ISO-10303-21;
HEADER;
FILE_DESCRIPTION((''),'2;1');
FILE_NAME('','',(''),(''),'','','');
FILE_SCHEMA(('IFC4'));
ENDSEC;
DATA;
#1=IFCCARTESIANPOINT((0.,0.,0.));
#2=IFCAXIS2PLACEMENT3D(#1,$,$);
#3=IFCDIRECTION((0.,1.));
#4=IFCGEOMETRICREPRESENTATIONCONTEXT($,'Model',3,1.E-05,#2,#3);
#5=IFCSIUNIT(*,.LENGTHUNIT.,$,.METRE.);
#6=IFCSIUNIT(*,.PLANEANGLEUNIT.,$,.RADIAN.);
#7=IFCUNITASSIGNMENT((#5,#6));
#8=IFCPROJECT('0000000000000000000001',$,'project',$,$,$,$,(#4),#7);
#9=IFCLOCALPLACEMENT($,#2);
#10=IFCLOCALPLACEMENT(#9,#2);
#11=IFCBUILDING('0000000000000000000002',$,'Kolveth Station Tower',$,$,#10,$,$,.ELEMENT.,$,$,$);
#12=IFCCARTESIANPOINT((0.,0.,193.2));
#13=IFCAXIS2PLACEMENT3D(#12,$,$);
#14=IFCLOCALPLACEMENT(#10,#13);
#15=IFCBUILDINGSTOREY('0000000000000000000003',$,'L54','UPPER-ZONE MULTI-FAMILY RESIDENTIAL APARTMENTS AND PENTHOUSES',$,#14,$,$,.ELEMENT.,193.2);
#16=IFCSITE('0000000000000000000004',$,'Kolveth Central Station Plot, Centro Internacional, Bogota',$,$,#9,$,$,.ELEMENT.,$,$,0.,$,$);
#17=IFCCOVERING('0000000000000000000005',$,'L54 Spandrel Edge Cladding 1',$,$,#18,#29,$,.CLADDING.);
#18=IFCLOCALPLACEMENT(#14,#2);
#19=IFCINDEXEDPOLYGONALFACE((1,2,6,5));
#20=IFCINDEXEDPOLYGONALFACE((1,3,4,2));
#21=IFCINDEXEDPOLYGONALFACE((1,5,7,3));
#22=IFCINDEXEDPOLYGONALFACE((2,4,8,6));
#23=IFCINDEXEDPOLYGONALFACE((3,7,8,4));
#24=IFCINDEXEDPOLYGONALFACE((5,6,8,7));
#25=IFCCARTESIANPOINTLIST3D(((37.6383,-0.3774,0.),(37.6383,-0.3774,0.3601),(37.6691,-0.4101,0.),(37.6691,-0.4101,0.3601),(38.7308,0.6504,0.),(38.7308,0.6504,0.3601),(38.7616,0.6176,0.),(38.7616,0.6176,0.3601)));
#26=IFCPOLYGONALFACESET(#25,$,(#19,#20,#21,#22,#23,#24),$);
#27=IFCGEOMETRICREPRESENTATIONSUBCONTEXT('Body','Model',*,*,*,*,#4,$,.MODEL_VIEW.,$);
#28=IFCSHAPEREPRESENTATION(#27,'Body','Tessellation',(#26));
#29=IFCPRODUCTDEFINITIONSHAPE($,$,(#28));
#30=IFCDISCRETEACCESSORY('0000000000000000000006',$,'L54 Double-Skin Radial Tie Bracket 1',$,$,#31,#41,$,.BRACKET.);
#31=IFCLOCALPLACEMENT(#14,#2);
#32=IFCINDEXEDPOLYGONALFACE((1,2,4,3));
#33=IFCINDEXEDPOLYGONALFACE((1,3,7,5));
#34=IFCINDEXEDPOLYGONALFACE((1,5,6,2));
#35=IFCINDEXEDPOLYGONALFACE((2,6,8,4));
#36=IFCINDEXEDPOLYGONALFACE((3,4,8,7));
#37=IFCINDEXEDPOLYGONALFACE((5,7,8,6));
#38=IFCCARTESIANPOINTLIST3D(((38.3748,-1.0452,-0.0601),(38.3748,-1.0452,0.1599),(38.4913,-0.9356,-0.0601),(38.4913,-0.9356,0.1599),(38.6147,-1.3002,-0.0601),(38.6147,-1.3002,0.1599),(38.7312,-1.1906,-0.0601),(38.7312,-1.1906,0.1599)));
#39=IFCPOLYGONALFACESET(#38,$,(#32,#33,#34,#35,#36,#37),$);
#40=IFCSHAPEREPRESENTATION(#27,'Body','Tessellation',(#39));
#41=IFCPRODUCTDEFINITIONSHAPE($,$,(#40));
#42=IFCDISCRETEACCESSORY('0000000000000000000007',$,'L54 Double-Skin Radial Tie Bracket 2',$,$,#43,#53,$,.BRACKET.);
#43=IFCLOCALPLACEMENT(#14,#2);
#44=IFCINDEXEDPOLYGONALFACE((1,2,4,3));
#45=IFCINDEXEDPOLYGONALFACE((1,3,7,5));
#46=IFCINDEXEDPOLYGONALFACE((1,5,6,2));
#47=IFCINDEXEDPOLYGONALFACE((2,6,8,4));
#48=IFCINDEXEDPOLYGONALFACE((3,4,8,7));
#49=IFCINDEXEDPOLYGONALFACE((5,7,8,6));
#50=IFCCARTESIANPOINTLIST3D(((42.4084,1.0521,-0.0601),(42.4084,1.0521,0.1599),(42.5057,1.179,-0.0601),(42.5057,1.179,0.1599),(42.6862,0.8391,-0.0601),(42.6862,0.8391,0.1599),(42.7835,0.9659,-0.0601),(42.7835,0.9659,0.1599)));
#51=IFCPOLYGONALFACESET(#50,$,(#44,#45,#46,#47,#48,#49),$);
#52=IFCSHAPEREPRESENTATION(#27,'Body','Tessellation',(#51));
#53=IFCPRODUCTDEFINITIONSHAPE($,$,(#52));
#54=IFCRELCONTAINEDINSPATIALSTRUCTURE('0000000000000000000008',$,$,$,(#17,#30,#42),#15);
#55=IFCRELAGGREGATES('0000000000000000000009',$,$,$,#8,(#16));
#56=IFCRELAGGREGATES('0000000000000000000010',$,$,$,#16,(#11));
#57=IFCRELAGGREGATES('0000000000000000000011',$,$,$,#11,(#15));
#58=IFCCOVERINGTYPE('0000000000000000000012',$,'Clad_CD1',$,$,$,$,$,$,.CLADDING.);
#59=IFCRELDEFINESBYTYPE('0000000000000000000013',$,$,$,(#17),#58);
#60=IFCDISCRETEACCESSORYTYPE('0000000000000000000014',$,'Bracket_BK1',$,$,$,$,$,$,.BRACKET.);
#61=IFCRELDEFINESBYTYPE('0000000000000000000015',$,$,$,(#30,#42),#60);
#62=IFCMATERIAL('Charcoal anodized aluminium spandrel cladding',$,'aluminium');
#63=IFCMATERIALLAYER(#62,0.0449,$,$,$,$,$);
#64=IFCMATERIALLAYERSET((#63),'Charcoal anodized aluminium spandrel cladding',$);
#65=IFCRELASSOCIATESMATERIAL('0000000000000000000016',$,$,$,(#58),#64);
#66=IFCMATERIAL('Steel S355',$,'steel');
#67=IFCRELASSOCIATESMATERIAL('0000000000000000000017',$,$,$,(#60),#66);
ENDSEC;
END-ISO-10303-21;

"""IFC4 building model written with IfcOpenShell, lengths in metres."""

from ifc_helpers import new_model, si_unit, direction, frame, origin, origin_2d, place, context, subcontext, project, spatial, rectangle, extrude, source, transform, mapped, material, layer, layer_set, type_object, element, save


model = new_model("IFC4")

# Units and contexts
model_context = context("Model", 3, precision=1e-05, world=origin(), true_north=direction((0.0, 1.0)))
body_context = subcontext(model_context, "Body", "Model", "MODEL_VIEW")
ifc_project = project(units=[si_unit("LENGTHUNIT", "METRE"), si_unit("PLANEANGLEUNIT", "RADIAN")], contexts=[model_context])

# Site, building, storey
site_placement = place(None, origin())
site = spatial("IfcSite", under=ifc_project, at=site_placement, Name="Kolveth Central Station Plot, Centro Internacional, Bogota", CompositionType="ELEMENT", RefElevation=0.0)
building_placement = place(site_placement, origin())
building = spatial("IfcBuilding", under=site, at=building_placement, Name="Kolveth Station Tower", CompositionType="ELEMENT")
storey_placement = place(building_placement, frame((0.0, 0.0, 193.2)))
storey = spatial("IfcBuildingStorey", under=building, at=storey_placement, Name="L54", Description="UPPER-ZONE MULTI-FAMILY RESIDENTIAL APARTMENTS AND PENTHOUSES", CompositionType="ELEMENT", Elevation=193.2)

# Covering
ifc_material_1 = material(Name="Charcoal anodized aluminium spandrel cladding", Category="aluminium")
ifc_layer_1 = layer(ifc_material_1, 0.0449)
ifc_layer_set_1 = layer_set([ifc_layer_1], Name="Charcoal anodized aluminium spandrel cladding")
covering_type = type_object("IfcCoveringType", Name="Clad_CD1", PredefinedType="CLADDING", material=ifc_layer_set_1)
shared_shape_1 = source(origin(), body_context, "Body", "SweptSolid", [
    extrude(rectangle(XDim=1.5, YDim=0.0449, at=origin_2d()), origin(), (0.0, 0.0, 1.0), 0.3601),
])
covering_placement = place(storey_placement, frame((38.2, 0.1201, 0.0), z_axis=(0.0, 0.0, 1.0), x_axis=(0.728371, 0.685183, 0.0)))
element("IfcCovering", 1, at=covering_placement, inside=storey, type_object=covering_type, Name="L54 Spandrel Edge Cladding 1", PredefinedType="CLADDING", context=body_context, shape_type="MappedRepresentation", body=[
    mapped(shared_shape_1, transform((0.0, 0.0, 0.0), x_axis=(1.0, 0.0, 0.0), y_axis=(0.0, 1.0, 0.0), z_axis=(0.0, 0.0, 1.0), scale=1.0)),
])

# Discrete accessories
ifc_material_2 = material(Name="Steel S355", Category="steel")
discrete_accessory_type = type_object("IfcDiscreteAccessoryType", Name="Bracket_BK1", PredefinedType="BRACKET", material=ifc_material_2)
shared_shape_2 = source(origin(), body_context, "Body", "SweptSolid", [
    extrude(rectangle(XDim=0.3501, YDim=0.1599, at=origin_2d()), origin(), (0.0, 0.0, 1.0), 0.22),
])
for number, where, z_axis, x_axis, name in (
    (2, (38.553, -1.1179, -0.0601), (0.0, 0.0, 1.0), (0.685183, -0.728371, 0.0), "L54 Double-Skin Radial Tie Bracket 1"),
    (3, (42.5959, 1.009, -0.0601), (0.0, 0.0, 1.0), (0.79346, -0.608623, 0.0), "L54 Double-Skin Radial Tie Bracket 2"),
):
    element("IfcDiscreteAccessory", number, at=place(storey_placement, frame(where, z_axis=z_axis, x_axis=x_axis)), inside=storey, type_object=discrete_accessory_type, Name=name, PredefinedType="BRACKET", context=body_context, shape_type="MappedRepresentation", body=[
        mapped(shared_shape_2, transform((0.0, 0.0, 0.0), x_axis=(1.0, 0.0, 0.0), y_axis=(0.0, 1.0, 0.0), z_axis=(0.0, 0.0, 1.0), scale=1.0)),
    ])

save(model, "model.ifc")
